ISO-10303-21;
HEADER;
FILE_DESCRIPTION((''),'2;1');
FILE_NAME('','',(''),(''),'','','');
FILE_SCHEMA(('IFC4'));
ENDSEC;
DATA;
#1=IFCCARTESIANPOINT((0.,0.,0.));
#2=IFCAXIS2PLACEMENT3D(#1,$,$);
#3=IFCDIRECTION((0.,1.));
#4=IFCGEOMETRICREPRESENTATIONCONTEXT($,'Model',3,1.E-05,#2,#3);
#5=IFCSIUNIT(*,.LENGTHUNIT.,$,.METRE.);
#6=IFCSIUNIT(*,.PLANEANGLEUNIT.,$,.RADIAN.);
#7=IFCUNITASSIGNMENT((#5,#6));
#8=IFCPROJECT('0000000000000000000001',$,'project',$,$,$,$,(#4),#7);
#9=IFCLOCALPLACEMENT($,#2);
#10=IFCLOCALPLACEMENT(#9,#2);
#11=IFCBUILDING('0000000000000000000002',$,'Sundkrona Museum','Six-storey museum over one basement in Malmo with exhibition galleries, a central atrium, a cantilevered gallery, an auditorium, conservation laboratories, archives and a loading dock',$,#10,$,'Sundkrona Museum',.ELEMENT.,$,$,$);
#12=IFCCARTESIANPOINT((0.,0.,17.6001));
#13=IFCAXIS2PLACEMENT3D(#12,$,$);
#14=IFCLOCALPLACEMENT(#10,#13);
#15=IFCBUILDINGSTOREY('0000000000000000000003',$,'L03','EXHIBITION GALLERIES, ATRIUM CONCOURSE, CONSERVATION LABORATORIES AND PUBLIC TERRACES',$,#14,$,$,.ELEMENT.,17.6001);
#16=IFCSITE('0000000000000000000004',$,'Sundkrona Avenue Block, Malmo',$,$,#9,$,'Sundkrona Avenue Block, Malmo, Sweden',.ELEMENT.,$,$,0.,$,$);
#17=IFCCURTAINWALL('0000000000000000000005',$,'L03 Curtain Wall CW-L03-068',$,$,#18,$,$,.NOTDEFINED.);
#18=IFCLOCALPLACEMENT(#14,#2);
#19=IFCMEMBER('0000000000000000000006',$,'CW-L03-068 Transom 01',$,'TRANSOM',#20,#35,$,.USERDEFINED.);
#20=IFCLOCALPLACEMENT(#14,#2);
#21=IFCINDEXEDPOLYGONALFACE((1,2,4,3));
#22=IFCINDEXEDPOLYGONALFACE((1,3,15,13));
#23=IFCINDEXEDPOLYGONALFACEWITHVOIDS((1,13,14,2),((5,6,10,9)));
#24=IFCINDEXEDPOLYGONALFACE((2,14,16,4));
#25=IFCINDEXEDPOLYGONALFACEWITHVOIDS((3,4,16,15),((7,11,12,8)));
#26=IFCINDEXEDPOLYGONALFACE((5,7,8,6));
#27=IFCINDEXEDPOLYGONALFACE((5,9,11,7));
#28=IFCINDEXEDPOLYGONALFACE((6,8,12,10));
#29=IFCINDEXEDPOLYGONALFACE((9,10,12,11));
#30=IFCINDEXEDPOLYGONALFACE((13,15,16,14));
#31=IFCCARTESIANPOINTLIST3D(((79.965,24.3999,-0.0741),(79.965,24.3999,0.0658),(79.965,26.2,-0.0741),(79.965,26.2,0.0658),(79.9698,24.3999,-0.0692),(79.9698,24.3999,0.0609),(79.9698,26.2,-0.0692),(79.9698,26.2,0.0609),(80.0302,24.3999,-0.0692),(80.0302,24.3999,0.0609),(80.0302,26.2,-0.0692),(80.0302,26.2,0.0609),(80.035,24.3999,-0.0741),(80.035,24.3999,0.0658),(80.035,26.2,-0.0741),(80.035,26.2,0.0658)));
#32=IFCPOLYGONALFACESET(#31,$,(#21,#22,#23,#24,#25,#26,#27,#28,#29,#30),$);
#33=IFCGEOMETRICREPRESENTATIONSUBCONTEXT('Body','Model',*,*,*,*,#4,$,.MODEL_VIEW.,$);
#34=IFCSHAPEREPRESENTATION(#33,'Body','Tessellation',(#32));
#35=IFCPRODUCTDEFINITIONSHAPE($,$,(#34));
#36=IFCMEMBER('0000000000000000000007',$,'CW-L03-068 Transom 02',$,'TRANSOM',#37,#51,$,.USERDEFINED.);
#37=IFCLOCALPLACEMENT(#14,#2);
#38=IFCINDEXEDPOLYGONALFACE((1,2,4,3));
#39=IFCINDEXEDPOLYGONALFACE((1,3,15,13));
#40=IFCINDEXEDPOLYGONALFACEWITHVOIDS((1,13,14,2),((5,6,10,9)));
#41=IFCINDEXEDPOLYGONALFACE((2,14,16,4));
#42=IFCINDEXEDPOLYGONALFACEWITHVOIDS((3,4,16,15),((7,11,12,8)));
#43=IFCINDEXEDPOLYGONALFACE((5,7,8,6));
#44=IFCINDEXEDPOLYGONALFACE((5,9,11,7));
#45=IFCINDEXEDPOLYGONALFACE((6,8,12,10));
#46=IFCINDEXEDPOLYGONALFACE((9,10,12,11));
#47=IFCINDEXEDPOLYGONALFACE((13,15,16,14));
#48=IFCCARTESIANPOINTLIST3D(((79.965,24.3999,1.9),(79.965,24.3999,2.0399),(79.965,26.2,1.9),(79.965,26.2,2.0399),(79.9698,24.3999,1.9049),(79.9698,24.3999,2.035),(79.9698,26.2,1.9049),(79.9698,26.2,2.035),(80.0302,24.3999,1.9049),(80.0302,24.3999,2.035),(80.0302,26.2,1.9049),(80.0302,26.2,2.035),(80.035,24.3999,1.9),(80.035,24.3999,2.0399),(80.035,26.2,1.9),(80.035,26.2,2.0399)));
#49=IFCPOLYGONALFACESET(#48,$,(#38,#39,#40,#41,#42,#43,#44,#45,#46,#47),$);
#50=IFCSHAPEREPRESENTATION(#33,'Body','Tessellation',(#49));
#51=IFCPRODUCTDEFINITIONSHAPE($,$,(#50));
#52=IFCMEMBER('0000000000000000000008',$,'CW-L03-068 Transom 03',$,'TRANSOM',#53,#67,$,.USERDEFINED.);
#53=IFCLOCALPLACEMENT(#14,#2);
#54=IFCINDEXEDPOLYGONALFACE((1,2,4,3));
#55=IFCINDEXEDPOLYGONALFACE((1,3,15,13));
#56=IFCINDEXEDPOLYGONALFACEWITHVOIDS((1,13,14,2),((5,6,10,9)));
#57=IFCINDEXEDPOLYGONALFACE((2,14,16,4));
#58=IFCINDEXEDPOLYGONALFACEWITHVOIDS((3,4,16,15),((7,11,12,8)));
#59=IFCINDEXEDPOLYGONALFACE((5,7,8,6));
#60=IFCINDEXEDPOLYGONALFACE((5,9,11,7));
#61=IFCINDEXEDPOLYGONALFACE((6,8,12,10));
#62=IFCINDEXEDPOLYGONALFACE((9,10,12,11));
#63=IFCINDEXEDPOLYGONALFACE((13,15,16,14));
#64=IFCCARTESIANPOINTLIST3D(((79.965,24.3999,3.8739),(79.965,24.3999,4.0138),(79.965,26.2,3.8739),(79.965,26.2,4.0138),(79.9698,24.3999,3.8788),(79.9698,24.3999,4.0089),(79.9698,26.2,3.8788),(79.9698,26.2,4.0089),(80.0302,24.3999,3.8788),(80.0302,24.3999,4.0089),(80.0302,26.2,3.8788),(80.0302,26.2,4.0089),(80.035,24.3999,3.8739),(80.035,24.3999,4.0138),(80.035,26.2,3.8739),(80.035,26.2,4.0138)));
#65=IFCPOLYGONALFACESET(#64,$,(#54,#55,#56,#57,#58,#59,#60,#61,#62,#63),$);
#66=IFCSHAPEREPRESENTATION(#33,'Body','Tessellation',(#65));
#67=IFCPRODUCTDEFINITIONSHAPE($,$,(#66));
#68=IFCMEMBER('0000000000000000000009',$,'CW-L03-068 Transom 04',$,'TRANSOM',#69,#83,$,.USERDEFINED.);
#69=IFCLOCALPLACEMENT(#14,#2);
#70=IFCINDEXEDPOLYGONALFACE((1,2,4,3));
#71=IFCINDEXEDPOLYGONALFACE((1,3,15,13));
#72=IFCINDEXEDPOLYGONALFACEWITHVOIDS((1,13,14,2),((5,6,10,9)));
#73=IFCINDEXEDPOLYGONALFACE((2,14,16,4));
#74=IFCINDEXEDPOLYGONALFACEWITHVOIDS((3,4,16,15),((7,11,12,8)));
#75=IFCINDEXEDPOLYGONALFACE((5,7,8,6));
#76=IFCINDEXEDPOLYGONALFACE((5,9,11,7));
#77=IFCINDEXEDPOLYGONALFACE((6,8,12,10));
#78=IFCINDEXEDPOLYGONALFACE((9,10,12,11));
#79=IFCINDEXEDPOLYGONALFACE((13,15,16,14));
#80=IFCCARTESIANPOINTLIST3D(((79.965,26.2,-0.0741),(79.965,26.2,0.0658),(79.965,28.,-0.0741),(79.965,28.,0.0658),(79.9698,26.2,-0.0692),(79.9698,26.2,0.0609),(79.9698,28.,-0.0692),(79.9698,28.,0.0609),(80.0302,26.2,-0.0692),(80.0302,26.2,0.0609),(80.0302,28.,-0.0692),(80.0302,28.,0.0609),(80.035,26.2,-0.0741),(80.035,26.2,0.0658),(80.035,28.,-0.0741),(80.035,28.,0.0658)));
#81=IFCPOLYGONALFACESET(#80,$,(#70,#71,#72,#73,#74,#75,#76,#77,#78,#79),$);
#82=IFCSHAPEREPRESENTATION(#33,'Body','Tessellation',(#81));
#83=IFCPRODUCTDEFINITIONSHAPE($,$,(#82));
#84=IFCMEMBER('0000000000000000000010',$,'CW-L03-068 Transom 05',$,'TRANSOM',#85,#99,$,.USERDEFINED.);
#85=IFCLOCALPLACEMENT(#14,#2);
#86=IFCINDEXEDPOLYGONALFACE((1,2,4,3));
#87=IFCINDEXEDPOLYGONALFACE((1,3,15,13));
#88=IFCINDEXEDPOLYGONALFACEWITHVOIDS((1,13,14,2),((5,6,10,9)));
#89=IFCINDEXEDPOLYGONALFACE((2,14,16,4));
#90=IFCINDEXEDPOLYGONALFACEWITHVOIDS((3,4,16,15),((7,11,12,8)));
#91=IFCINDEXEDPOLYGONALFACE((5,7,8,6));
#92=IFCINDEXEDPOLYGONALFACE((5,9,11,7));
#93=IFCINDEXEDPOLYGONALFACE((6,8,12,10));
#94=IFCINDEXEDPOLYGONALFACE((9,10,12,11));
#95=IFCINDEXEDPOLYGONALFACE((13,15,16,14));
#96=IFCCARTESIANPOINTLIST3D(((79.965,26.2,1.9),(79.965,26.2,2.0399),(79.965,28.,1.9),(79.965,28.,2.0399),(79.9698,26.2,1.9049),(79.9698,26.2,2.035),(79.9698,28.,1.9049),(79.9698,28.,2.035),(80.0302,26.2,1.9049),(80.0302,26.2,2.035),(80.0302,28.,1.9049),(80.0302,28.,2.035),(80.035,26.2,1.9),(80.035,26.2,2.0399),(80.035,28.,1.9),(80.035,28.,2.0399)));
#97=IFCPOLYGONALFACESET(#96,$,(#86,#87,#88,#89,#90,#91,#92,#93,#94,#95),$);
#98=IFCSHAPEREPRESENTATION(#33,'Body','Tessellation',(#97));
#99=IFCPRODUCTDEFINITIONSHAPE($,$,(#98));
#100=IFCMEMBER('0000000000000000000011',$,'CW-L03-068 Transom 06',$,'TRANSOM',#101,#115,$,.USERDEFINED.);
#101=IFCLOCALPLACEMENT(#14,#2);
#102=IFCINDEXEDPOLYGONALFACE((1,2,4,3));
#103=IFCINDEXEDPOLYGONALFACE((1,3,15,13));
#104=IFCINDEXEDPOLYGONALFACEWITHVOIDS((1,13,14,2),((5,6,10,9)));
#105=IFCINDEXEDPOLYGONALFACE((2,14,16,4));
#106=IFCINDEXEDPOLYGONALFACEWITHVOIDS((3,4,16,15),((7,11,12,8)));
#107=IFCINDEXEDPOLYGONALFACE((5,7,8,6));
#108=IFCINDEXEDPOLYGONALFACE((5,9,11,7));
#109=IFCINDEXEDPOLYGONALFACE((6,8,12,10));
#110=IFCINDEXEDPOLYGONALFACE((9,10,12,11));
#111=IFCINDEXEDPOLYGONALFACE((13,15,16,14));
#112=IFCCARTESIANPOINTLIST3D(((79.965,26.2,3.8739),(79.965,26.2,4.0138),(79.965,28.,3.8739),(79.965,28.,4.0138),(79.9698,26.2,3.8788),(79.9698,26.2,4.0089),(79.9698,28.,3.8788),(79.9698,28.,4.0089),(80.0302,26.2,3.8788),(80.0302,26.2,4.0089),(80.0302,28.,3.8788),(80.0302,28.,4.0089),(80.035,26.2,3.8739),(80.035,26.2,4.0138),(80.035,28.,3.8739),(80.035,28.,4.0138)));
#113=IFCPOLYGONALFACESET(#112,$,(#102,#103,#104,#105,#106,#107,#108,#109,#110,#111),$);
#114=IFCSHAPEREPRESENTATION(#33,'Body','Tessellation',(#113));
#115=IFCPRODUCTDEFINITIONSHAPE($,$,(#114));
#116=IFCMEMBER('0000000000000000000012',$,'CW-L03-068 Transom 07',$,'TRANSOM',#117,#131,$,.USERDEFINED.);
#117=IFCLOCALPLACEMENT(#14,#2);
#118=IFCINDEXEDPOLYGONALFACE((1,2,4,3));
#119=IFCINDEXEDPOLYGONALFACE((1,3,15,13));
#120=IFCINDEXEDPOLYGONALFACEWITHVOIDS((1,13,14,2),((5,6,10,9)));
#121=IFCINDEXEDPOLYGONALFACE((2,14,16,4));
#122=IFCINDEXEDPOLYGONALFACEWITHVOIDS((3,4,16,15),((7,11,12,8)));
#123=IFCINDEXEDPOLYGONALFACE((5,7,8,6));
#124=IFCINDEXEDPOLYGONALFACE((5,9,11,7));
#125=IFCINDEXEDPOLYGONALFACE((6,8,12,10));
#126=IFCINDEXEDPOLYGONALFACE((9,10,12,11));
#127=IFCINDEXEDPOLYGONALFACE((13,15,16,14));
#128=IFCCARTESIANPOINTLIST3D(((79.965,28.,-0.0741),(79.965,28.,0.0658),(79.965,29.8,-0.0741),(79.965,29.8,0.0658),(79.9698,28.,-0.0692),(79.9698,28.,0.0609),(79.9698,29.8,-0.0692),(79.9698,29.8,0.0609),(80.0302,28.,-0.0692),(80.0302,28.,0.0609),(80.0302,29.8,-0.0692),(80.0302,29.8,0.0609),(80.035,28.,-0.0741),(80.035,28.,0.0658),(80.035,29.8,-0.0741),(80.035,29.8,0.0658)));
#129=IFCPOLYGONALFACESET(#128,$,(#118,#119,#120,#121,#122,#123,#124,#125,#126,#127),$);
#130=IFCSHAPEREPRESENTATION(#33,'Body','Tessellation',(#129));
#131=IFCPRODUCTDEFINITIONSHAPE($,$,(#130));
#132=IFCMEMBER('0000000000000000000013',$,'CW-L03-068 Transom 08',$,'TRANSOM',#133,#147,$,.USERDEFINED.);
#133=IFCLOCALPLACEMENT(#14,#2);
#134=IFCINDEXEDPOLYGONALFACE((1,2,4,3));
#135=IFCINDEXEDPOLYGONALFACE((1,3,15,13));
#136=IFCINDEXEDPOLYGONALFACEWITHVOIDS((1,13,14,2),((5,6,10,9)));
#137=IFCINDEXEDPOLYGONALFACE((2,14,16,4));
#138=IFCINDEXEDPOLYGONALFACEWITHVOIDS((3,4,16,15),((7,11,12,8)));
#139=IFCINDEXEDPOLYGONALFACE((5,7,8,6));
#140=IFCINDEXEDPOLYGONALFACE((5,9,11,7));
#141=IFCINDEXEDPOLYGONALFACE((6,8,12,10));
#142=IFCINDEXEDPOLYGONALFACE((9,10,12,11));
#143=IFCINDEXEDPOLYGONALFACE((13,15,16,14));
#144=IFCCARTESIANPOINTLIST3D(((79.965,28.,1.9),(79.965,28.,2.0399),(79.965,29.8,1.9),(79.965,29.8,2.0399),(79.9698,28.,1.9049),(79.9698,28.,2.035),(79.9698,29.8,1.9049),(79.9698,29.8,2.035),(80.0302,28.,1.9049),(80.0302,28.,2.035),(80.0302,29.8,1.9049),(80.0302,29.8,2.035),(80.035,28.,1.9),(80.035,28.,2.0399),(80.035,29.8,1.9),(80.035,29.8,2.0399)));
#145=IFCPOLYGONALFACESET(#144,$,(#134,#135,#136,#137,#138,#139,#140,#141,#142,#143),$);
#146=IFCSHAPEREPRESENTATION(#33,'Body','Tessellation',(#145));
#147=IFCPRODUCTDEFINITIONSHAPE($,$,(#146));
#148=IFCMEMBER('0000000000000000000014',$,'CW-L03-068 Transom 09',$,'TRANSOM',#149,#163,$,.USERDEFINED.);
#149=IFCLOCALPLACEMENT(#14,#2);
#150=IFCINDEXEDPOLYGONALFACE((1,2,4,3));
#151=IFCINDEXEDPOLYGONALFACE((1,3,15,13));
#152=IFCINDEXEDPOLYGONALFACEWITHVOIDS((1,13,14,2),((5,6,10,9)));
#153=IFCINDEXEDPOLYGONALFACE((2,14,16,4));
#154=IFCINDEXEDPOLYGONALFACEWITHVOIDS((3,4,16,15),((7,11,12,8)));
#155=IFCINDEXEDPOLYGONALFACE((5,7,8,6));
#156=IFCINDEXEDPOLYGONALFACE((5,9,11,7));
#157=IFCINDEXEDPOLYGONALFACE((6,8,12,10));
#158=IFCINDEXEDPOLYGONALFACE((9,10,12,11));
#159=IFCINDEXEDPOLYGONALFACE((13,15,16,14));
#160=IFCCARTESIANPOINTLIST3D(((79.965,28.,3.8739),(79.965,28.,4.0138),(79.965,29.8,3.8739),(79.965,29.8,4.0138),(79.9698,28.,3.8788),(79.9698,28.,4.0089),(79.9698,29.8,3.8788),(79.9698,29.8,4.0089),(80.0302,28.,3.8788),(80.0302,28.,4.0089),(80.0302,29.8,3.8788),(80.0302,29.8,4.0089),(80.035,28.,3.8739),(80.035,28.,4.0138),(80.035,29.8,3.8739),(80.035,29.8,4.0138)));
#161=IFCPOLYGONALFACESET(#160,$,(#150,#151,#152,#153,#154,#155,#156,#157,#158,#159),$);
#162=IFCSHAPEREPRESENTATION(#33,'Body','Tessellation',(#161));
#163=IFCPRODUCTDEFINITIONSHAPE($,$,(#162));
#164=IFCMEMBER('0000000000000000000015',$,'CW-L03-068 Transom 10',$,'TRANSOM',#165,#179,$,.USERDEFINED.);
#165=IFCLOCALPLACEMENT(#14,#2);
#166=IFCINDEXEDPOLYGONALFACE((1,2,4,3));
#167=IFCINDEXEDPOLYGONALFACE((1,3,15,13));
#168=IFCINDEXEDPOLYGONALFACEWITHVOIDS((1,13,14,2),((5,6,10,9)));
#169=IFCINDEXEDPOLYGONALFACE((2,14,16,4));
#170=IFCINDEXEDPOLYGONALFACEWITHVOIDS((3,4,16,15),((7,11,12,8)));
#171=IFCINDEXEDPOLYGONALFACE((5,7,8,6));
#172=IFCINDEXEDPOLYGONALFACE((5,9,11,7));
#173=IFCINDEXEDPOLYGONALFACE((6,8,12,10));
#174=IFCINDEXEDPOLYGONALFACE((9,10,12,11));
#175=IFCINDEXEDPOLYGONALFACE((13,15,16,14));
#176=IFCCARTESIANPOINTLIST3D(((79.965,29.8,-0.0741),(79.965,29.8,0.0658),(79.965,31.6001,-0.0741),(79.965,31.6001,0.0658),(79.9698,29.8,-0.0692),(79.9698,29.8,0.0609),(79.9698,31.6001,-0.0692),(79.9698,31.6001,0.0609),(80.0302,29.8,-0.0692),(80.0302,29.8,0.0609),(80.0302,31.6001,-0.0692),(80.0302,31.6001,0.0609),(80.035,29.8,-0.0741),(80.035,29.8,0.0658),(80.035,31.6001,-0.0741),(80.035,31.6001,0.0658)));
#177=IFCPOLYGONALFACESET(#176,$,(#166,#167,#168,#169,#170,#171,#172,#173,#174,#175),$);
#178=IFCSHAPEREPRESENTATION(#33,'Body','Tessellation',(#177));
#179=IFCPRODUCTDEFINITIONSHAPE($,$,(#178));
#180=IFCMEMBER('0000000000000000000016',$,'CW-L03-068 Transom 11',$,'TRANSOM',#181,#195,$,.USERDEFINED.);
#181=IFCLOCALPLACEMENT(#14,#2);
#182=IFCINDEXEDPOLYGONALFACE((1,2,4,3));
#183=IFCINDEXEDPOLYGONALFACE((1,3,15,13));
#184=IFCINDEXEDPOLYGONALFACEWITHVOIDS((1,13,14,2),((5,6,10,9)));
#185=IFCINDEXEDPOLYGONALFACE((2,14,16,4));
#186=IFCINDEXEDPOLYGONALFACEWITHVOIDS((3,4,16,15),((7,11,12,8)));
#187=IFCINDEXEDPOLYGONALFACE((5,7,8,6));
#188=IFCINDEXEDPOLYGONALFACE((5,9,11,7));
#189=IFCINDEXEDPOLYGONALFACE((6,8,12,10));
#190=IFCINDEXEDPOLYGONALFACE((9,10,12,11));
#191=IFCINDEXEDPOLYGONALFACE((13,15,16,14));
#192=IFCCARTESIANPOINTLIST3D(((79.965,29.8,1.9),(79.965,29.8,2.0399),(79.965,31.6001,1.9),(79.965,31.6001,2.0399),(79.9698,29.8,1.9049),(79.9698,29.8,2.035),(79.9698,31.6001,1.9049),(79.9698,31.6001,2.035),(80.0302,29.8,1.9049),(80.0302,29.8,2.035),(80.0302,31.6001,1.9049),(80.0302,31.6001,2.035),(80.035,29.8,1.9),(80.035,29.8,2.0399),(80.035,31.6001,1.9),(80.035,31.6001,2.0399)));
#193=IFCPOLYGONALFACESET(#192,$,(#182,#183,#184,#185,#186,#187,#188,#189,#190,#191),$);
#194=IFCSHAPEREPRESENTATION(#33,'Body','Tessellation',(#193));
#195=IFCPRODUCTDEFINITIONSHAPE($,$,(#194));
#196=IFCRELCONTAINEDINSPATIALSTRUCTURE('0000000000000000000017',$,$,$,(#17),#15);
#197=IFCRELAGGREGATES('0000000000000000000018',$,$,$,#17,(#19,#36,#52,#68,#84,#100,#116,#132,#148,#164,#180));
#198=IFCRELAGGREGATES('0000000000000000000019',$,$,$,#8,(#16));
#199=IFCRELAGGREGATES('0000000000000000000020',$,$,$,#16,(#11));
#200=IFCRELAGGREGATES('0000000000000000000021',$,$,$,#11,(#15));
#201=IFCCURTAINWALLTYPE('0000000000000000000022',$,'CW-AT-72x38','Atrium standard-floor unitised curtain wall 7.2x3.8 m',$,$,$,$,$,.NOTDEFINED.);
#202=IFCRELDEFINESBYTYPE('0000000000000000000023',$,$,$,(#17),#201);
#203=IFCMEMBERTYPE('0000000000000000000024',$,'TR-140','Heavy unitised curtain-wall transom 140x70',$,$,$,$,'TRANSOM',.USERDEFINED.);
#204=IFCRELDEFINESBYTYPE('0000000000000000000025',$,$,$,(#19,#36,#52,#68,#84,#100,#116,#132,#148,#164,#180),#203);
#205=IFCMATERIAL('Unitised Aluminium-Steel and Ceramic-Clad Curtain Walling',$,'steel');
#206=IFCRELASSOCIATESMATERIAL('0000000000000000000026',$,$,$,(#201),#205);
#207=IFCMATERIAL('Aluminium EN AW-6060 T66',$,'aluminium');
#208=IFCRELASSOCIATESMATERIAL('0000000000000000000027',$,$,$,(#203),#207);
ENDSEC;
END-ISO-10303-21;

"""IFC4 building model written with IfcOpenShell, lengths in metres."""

from ifc_helpers import new_model, si_unit, direction, frame, origin, origin_2d, place, context, subcontext, project, spatial, hollow_rectangle, extrude, material, material_profile, profile_set, type_object, element, aggregate, save


model = new_model("IFC4")

# Units and contexts
model_context = context("Model", 3, precision=1e-05, world=origin(), true_north=direction((0.0, 1.0)))
body_context = subcontext(model_context, "Body", "Model", "MODEL_VIEW")
ifc_project = project(units=[si_unit("LENGTHUNIT", "METRE"), si_unit("PLANEANGLEUNIT", "RADIAN")], contexts=[model_context])

# Site, building, storey
site_placement = place(None, origin())
site = spatial("IfcSite", under=ifc_project, at=site_placement, Name="Sundkrona Avenue Block, Malmo", LongName="Sundkrona Avenue Block, Malmo, Sweden", CompositionType="ELEMENT", RefElevation=0.0)
building_placement = place(site_placement, origin())
building = spatial("IfcBuilding", under=site, at=building_placement, Name="Sundkrona Museum", Description="Six-storey museum over one basement in Malmo with exhibition galleries, a central atrium, a cantilevered gallery, an auditorium, conservation laboratories, archives and a loading dock", LongName="Sundkrona Museum", CompositionType="ELEMENT")
storey_placement = place(building_placement, frame((0.0, 0.0, 17.6001)))
storey = spatial("IfcBuildingStorey", under=building, at=storey_placement, Name="L03", Description="EXHIBITION GALLERIES, ATRIUM CONCOURSE, CONSERVATION LABORATORIES AND PUBLIC TERRACES", CompositionType="ELEMENT", Elevation=17.6001)

# Shared definitions
ifc_material_1 = material(Name="Unitised Aluminium-Steel and Ceramic-Clad Curtain Walling", Category="steel")
curtain_wall_type = type_object("IfcCurtainWallType", Name="CW-AT-72x38", Description="Atrium standard-floor unitised curtain wall 7.2x3.8 m", PredefinedType="NOTDEFINED", material=ifc_material_1)
ifc_material_2 = material(Name="Aluminium EN AW-6060 T66", Category="aluminium")

# Curtain wall
curtain_wall_1_placement = place(storey_placement, origin())
curtain_wall_1 = element("IfcCurtainWall", 1, at=curtain_wall_1_placement, inside=storey, type_object=curtain_wall_type, Name="L03 Curtain Wall CW-L03-068", PredefinedType="NOTDEFINED")

# Members
ifc_material_profile_1 = material_profile(ifc_material_2, hollow_rectangle(XDim=0.0701, YDim=0.1399, WallThickness=0.0049, at=origin_2d()), Name="RHS 140x70x5.0")
ifc_profile_set_1 = profile_set([ifc_material_profile_1], Name="Aluminium EN AW-6060 T66")
member_type_1 = type_object("IfcMemberType", Name="TR-140", Description="Heavy unitised curtain-wall transom 140x70", ElementType="TRANSOM", PredefinedType="USERDEFINED", material=ifc_profile_set_1)
member_1_placement = place(storey_placement, frame((80.0, 24.3999, -0.0042), z_axis=(0.0, 1.0, 0.0), x_axis=(-1.0, 0.0, 0.0)))
member_1 = element("IfcMember", 2, at=member_1_placement, type_object=member_type_1, Name="CW-L03-068 Transom 01", ObjectType="TRANSOM", PredefinedType="USERDEFINED", context=body_context, shape_type="SweptSolid", body=[
    extrude(hollow_rectangle(XDim=0.0701, YDim=0.1399, WallThickness=0.0049, at=origin_2d()), origin(), (0.0, 0.0, 1.0), 1.8),
])
member_2_placement = place(storey_placement, frame((80.0, 24.3999, 1.97), z_axis=(0.0, 1.0, 0.0), x_axis=(-1.0, 0.0, 0.0)))
member_2 = element("IfcMember", 3, at=member_2_placement, type_object=member_type_1, Name="CW-L03-068 Transom 02", ObjectType="TRANSOM", PredefinedType="USERDEFINED", context=body_context, shape_type="SweptSolid", body=[
    extrude(hollow_rectangle(XDim=0.0701, YDim=0.1399, WallThickness=0.0049, at=origin_2d()), origin(), (0.0, 0.0, 1.0), 1.8),
])
member_3_placement = place(storey_placement, frame((80.0, 24.3999, 3.9438), z_axis=(0.0, 1.0, 0.0), x_axis=(-1.0, 0.0, 0.0)))
member_3 = element("IfcMember", 4, at=member_3_placement, type_object=member_type_1, Name="CW-L03-068 Transom 03", ObjectType="TRANSOM", PredefinedType="USERDEFINED", context=body_context, shape_type="SweptSolid", body=[
    extrude(hollow_rectangle(XDim=0.0701, YDim=0.1399, WallThickness=0.0049, at=origin_2d()), origin(), (0.0, 0.0, 1.0), 1.8),
])
member_4_placement = place(storey_placement, frame((80.0, 26.2, -0.0042), z_axis=(0.0, 1.0, 0.0), x_axis=(-1.0, 0.0, 0.0)))
member_4 = element("IfcMember", 5, at=member_4_placement, type_object=member_type_1, Name="CW-L03-068 Transom 04", ObjectType="TRANSOM", PredefinedType="USERDEFINED", context=body_context, shape_type="SweptSolid", body=[
    extrude(hollow_rectangle(XDim=0.0701, YDim=0.1399, WallThickness=0.0049, at=origin_2d()), origin(), (0.0, 0.0, 1.0), 1.8),
])
member_5_placement = place(storey_placement, frame((80.0, 26.2, 1.97), z_axis=(0.0, 1.0, 0.0), x_axis=(-1.0, 0.0, 0.0)))
member_5 = element("IfcMember", 6, at=member_5_placement, type_object=member_type_1, Name="CW-L03-068 Transom 05", ObjectType="TRANSOM", PredefinedType="USERDEFINED", context=body_context, shape_type="SweptSolid", body=[
    extrude(hollow_rectangle(XDim=0.0701, YDim=0.1399, WallThickness=0.0049, at=origin_2d()), origin(), (0.0, 0.0, 1.0), 1.8),
])
member_6_placement = place(storey_placement, frame((80.0, 26.2, 3.9438), z_axis=(0.0, 1.0, 0.0), x_axis=(-1.0, 0.0, 0.0)))
member_6 = element("IfcMember", 7, at=member_6_placement, type_object=member_type_1, Name="CW-L03-068 Transom 06", ObjectType="TRANSOM", PredefinedType="USERDEFINED", context=body_context, shape_type="SweptSolid", body=[
    extrude(hollow_rectangle(XDim=0.0701, YDim=0.1399, WallThickness=0.0049, at=origin_2d()), origin(), (0.0, 0.0, 1.0), 1.8),
])
member_7_placement = place(storey_placement, frame((80.0, 28.0, -0.0042), z_axis=(0.0, 1.0, 0.0), x_axis=(-1.0, 0.0, 0.0)))
member_7 = element("IfcMember", 8, at=member_7_placement, type_object=member_type_1, Name="CW-L03-068 Transom 07", ObjectType="TRANSOM", PredefinedType="USERDEFINED", context=body_context, shape_type="SweptSolid", body=[
    extrude(hollow_rectangle(XDim=0.0701, YDim=0.1399, WallThickness=0.0049, at=origin_2d()), origin(), (0.0, 0.0, 1.0), 1.8),
])
member_8_placement = place(storey_placement, frame((80.0, 28.0, 1.97), z_axis=(0.0, 1.0, 0.0), x_axis=(-1.0, 0.0, 0.0)))
member_8 = element("IfcMember", 9, at=member_8_placement, type_object=member_type_1, Name="CW-L03-068 Transom 08", ObjectType="TRANSOM", PredefinedType="USERDEFINED", context=body_context, shape_type="SweptSolid", body=[
    extrude(hollow_rectangle(XDim=0.0701, YDim=0.1399, WallThickness=0.0049, at=origin_2d()), origin(), (0.0, 0.0, 1.0), 1.8),
])
member_9_placement = place(storey_placement, frame((80.0, 28.0, 3.9438), z_axis=(0.0, 1.0, 0.0), x_axis=(-1.0, 0.0, 0.0)))
member_9 = element("IfcMember", 10, at=member_9_placement, type_object=member_type_1, Name="CW-L03-068 Transom 09", ObjectType="TRANSOM", PredefinedType="USERDEFINED", context=body_context, shape_type="SweptSolid", body=[
    extrude(hollow_rectangle(XDim=0.0701, YDim=0.1399, WallThickness=0.0049, at=origin_2d()), origin(), (0.0, 0.0, 1.0), 1.8),
])
member_10_placement = place(storey_placement, frame((80.0, 29.8, -0.0042), z_axis=(0.0, 1.0, 0.0), x_axis=(-1.0, 0.0, 0.0)))
member_10 = element("IfcMember", 11, at=member_10_placement, type_object=member_type_1, Name="CW-L03-068 Transom 10", ObjectType="TRANSOM", PredefinedType="USERDEFINED", context=body_context, shape_type="SweptSolid", body=[
    extrude(hollow_rectangle(XDim=0.0701, YDim=0.1399, WallThickness=0.0049, at=origin_2d()), origin(), (0.0, 0.0, 1.0), 1.8),
])
member_11_placement = place(storey_placement, frame((80.0, 29.8, 1.97), z_axis=(0.0, 1.0, 0.0), x_axis=(-1.0, 0.0, 0.0)))
member_11 = element("IfcMember", 12, at=member_11_placement, type_object=member_type_1, Name="CW-L03-068 Transom 11", ObjectType="TRANSOM", PredefinedType="USERDEFINED", context=body_context, shape_type="SweptSolid", body=[
    extrude(hollow_rectangle(XDim=0.0701, YDim=0.1399, WallThickness=0.0049, at=origin_2d()), origin(), (0.0, 0.0, 1.0), 1.8),
])

aggregate(curtain_wall_1, [member_1, member_2, member_3, member_4, member_5, member_6, member_7, member_8, member_9, member_10, member_11])

save(model, "model.ifc")
